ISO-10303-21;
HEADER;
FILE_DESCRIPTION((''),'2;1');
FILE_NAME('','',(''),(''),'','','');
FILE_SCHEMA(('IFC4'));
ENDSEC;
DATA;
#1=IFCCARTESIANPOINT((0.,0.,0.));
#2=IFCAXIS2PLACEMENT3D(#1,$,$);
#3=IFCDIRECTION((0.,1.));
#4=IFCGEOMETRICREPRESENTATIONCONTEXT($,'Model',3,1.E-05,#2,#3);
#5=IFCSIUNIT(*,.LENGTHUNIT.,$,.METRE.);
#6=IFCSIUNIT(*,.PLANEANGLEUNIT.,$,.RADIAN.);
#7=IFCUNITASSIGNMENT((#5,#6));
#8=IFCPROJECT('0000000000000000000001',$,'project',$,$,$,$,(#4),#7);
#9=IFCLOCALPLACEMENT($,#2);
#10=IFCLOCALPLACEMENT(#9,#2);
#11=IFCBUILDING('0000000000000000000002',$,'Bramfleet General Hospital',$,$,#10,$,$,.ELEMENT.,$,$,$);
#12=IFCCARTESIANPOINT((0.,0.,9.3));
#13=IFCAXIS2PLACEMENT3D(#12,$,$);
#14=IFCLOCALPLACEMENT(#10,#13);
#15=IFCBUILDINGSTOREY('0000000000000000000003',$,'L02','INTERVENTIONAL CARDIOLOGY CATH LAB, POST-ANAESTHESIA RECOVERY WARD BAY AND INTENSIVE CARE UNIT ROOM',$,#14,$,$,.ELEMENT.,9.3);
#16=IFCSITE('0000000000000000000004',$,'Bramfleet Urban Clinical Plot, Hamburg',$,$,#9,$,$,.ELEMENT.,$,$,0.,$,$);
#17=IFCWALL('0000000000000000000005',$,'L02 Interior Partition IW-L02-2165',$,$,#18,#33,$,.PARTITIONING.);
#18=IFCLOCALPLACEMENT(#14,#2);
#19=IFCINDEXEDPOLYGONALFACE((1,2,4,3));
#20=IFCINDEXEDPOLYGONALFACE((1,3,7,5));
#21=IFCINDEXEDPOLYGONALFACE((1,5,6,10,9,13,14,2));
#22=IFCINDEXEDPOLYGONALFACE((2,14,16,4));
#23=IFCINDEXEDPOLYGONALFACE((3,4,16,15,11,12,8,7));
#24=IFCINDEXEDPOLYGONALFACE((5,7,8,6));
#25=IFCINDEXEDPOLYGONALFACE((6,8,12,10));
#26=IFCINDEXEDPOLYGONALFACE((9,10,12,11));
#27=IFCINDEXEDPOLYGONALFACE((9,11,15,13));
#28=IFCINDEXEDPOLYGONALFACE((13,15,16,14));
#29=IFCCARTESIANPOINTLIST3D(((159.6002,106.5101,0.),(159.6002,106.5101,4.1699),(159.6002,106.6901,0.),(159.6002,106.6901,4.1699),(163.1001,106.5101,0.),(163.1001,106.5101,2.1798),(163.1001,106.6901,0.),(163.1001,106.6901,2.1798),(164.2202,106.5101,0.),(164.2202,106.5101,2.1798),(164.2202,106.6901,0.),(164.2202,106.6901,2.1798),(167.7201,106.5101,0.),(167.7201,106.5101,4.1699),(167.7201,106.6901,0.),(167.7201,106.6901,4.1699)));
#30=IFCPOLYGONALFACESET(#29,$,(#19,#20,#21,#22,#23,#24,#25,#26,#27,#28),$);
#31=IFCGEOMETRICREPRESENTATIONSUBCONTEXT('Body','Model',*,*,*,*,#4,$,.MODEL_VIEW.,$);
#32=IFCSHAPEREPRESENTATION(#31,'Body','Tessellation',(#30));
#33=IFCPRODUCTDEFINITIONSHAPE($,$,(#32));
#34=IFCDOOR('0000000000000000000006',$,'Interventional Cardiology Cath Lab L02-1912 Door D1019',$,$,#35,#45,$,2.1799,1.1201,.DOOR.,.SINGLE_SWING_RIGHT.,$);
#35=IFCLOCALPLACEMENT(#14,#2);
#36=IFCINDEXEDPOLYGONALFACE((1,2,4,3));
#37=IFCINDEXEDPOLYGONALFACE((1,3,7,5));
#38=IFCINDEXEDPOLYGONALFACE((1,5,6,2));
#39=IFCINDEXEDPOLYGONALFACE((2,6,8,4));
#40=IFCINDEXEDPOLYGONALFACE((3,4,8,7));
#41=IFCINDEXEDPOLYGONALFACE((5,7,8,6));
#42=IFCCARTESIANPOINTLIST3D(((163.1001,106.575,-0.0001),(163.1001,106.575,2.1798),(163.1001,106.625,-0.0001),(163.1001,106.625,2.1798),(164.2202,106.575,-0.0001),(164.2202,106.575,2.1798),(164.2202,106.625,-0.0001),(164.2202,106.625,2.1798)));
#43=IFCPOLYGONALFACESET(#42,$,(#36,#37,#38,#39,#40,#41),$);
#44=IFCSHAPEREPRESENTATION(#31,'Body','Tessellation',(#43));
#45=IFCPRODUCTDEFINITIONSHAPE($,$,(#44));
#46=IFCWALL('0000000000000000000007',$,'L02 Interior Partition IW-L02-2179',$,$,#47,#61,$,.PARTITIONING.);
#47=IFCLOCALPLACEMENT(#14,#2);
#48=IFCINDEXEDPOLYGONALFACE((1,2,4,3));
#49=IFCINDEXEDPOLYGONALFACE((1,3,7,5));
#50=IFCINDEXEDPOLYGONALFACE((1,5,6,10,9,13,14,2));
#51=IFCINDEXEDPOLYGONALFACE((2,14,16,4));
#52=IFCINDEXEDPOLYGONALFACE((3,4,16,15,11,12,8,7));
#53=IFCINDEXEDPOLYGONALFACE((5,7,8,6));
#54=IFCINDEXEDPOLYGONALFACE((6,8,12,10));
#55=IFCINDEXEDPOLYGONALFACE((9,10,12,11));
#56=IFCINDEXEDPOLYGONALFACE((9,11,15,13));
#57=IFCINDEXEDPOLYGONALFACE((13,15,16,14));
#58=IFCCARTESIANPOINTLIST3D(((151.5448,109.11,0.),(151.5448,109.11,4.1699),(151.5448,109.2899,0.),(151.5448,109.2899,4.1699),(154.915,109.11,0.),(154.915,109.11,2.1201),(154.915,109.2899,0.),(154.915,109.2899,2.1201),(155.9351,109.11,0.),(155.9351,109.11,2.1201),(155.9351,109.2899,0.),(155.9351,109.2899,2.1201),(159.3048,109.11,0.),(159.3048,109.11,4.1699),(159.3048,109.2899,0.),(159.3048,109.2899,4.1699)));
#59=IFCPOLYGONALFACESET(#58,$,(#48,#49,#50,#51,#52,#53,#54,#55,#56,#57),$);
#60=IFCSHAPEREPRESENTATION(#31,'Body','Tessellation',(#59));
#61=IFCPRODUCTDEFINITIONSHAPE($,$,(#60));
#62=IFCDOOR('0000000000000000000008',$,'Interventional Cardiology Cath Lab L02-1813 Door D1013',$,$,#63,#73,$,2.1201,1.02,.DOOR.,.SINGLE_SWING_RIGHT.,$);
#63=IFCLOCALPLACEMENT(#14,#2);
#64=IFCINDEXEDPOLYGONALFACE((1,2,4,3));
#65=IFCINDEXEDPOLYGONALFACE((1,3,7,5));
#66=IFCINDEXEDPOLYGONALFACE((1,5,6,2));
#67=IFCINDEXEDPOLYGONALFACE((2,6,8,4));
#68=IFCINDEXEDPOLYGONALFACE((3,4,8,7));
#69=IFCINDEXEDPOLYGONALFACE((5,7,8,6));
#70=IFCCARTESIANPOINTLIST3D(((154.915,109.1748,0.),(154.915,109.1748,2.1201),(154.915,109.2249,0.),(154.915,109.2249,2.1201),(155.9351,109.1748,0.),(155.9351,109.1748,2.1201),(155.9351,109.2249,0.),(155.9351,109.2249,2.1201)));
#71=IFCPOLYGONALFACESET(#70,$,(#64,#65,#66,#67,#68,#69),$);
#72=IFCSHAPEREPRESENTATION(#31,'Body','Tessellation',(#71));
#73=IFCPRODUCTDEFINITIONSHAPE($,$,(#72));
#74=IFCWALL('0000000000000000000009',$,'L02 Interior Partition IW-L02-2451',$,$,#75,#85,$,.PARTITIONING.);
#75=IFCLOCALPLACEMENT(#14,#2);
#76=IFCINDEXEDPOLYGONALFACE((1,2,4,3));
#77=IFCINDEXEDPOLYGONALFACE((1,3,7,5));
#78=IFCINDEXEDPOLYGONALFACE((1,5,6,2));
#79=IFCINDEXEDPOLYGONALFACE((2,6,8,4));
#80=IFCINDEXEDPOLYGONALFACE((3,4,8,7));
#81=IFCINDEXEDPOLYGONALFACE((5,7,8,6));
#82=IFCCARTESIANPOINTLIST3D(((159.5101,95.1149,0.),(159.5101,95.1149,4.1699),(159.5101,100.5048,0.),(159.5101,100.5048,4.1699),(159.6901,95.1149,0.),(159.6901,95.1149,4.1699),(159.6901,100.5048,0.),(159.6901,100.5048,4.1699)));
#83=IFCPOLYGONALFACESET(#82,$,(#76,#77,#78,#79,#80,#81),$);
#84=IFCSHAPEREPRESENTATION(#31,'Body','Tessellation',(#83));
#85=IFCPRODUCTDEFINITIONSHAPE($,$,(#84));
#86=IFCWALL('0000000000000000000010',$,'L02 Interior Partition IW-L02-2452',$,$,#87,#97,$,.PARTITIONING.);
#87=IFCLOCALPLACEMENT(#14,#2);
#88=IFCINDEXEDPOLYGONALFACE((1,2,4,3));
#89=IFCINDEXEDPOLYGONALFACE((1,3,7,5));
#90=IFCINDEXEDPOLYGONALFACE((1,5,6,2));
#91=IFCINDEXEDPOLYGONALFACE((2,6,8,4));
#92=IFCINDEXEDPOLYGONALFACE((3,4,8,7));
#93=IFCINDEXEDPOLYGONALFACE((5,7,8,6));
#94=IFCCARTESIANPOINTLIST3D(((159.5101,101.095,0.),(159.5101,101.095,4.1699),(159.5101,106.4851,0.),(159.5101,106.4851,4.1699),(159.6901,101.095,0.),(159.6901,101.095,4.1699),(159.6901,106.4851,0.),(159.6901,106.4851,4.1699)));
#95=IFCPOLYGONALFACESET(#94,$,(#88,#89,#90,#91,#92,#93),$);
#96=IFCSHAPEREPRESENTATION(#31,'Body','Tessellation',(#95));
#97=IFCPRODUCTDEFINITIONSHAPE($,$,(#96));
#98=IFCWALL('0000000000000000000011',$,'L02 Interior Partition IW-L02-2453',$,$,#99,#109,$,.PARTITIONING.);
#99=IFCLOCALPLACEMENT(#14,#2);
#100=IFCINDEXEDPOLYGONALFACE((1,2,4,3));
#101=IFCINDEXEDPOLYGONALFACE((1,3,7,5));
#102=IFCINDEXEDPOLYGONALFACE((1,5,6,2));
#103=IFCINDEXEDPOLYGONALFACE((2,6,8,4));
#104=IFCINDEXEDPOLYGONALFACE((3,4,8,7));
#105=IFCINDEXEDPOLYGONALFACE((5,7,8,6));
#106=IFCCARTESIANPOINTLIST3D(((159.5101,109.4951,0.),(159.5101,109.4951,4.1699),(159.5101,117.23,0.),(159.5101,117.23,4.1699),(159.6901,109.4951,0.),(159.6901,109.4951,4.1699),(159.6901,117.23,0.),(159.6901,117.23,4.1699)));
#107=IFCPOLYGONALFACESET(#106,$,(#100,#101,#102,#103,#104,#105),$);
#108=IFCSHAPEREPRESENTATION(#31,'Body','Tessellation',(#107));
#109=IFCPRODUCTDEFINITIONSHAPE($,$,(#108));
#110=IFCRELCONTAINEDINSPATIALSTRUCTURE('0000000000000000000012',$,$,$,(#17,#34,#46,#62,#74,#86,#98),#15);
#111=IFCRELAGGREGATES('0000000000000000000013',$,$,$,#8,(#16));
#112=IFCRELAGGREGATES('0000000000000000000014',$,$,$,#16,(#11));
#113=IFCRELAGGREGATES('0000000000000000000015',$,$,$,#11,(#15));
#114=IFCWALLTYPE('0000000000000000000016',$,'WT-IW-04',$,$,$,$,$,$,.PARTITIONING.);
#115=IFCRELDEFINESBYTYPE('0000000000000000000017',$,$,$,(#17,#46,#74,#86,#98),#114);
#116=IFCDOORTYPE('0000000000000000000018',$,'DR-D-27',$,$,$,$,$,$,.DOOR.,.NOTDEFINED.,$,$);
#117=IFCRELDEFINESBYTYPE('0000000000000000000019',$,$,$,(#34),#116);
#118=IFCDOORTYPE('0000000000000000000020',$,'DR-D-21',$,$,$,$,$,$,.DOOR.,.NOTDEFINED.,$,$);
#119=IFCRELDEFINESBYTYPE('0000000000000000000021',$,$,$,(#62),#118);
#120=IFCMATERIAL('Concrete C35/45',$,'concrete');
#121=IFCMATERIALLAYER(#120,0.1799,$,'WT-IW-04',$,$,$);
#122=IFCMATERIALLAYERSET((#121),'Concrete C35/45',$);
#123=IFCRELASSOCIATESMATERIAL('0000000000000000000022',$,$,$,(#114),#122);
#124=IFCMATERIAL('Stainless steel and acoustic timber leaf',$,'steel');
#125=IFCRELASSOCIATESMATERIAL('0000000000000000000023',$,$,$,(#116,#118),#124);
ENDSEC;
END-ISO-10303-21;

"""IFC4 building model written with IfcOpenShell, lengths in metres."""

from ifc_helpers import new_model, si_unit, direction, frame, frame_2d, origin, place, context, subcontext, project, spatial, rectangle, extrude, material, layer, layer_set, type_object, element, fill, save


model = new_model("IFC4")

# Units and contexts
model_context = context("Model", 3, precision=1e-05, world=origin(), true_north=direction((0.0, 1.0)))
body_context = subcontext(model_context, "Body", "Model", "MODEL_VIEW")
ifc_project = project(units=[si_unit("LENGTHUNIT", "METRE"), si_unit("PLANEANGLEUNIT", "RADIAN")], contexts=[model_context])

# Site, building, storey
site_placement = place(None, origin())
site = spatial("IfcSite", under=ifc_project, at=site_placement, Name="Bramfleet Urban Clinical Plot, Hamburg", CompositionType="ELEMENT", RefElevation=0.0)
building_placement = place(site_placement, origin())
building = spatial("IfcBuilding", under=site, at=building_placement, Name="Bramfleet General Hospital", CompositionType="ELEMENT")
storey_placement = place(building_placement, frame((0.0, 0.0, 9.3)))
storey = spatial("IfcBuildingStorey", under=building, at=storey_placement, Name="L02", Description="INTERVENTIONAL CARDIOLOGY CATH LAB, POST-ANAESTHESIA RECOVERY WARD BAY AND INTENSIVE CARE UNIT ROOM", CompositionType="ELEMENT", Elevation=9.3)

# Shared definitions
ifc_material_1 = material(Name="Concrete C35/45", Category="concrete")

# Shared definitions
ifc_layer = layer(ifc_material_1, 0.1799, Name="WT-IW-04")
ifc_layer_set = layer_set([ifc_layer], Name="Concrete C35/45")
wall_type = type_object("IfcWallType", Name="WT-IW-04", PredefinedType="PARTITIONING", material=ifc_layer_set)
ifc_material_2 = material(Name="Stainless steel and acoustic timber leaf", Category="steel")

# Walls, openings, doors
wall_1_placement = place(storey_placement, frame((159.6001, 106.6001, 0.0), z_axis=(0.0, 0.0, 1.0), x_axis=(1.0, 0.0, 0.0)))
wall_1 = element("IfcWall", 1, at=wall_1_placement, inside=storey, type_object=wall_type, Name="L02 Interior Partition IW-L02-2165", PredefinedType="PARTITIONING", context=body_context, shape_type="SweptSolid", body=[
    extrude(rectangle(XDim=8.1199, YDim=0.1799, at=frame_2d((4.0601, 0.0))), origin(), (0.0, 0.0, 1.0), 4.1699),
])
opening_1_placement = place(wall_1_placement, frame((3.5, 0.0, 0.0)))
opening_1 = element("IfcOpeningElement", 2, at=opening_1_placement, cuts=wall_1, PredefinedType="OPENING", context=body_context, shape_type="SweptSolid", body=[
    extrude(rectangle(XDim=1.1201, YDim=2.1799, at=frame_2d((0.5601, 1.0898))), frame((0.0, 0.0999, 0.0), z_axis=(0.0, -1.0, 0.0), x_axis=(1.0, 0.0, 0.0)), (0.0, 0.0, 1.0), 0.2),
])
door_type_1 = type_object("IfcDoorType", Name="DR-D-27", OperationType="NOTDEFINED", PredefinedType="DOOR", material=ifc_material_2)
door_1_placement = place(opening_1_placement, origin())
door_1 = element("IfcDoor", 3, at=door_1_placement, inside=storey, type_object=door_type_1, Name="Interventional Cardiology Cath Lab L02-1912 Door D1019", OperationType="SINGLE_SWING_RIGHT", OverallHeight=2.1799, OverallWidth=1.1201, PredefinedType="DOOR", context=body_context, shape_type="SweptSolid", body=[
    extrude(rectangle(XDim=1.1201, YDim=2.1799, at=frame_2d((0.5601, 1.0898))), frame((0.0, 0.0249, 0.0), z_axis=(0.0, -1.0, 0.0), x_axis=(1.0, 0.0, 0.0)), (0.0, 0.0, 1.0), 0.05),
])
fill(opening_1, door_1)
wall_2_placement = place(storey_placement, frame((151.5449, 109.2, 0.0), z_axis=(0.0, 0.0, 1.0), x_axis=(1.0, 0.0, 0.0)))
wall_2 = element("IfcWall", 4, at=wall_2_placement, inside=storey, type_object=wall_type, Name="L02 Interior Partition IW-L02-2179", PredefinedType="PARTITIONING", context=body_context, shape_type="SweptSolid", body=[
    extrude(rectangle(XDim=7.76, YDim=0.1799, at=frame_2d((3.8799, 0.0))), origin(), (0.0, 0.0, 1.0), 4.1699),
])
opening_2_placement = place(wall_2_placement, frame((3.3701, 0.0, 0.0)))
opening_2 = element("IfcOpeningElement", 5, at=opening_2_placement, cuts=wall_2, PredefinedType="OPENING", context=body_context, shape_type="SweptSolid", body=[
    extrude(rectangle(XDim=1.02, YDim=2.1201, at=frame_2d((0.51, 1.0601))), frame((0.0, 0.0999, 0.0), z_axis=(0.0, -1.0, 0.0), x_axis=(1.0, 0.0, 0.0)), (0.0, 0.0, 1.0), 0.2),
])
door_type_2 = type_object("IfcDoorType", Name="DR-D-21", OperationType="NOTDEFINED", PredefinedType="DOOR", material=ifc_material_2)
door_2_placement = place(opening_2_placement, origin())
door_2 = element("IfcDoor", 6, at=door_2_placement, inside=storey, type_object=door_type_2, Name="Interventional Cardiology Cath Lab L02-1813 Door D1013", OperationType="SINGLE_SWING_RIGHT", OverallHeight=2.1201, OverallWidth=1.02, PredefinedType="DOOR", context=body_context, shape_type="SweptSolid", body=[
    extrude(rectangle(XDim=1.02, YDim=2.1201, at=frame_2d((0.51, 1.0601))), frame((0.0, 0.0249, 0.0), z_axis=(0.0, -1.0, 0.0), x_axis=(1.0, 0.0, 0.0)), (0.0, 0.0, 1.0), 0.05),
])
fill(opening_2, door_2)

# Walls
wall_3_placement = place(storey_placement, frame((159.6001, 95.115, 0.0), z_axis=(0.0, 0.0, 1.0), x_axis=(0.0, 1.0, 0.0)))
element("IfcWall", 7, at=wall_3_placement, inside=storey, type_object=wall_type, Name="L02 Interior Partition IW-L02-2451", PredefinedType="PARTITIONING", context=body_context, shape_type="SweptSolid", body=[
    extrude(rectangle(XDim=5.3899, YDim=0.1799, at=frame_2d((2.6948, 0.0))), origin(), (0.0, 0.0, 1.0), 4.1699),
])
wall_4_placement = place(storey_placement, frame((159.6001, 101.095, 0.0), z_axis=(0.0, 0.0, 1.0), x_axis=(0.0, 1.0, 0.0)))
element("IfcWall", 8, at=wall_4_placement, inside=storey, type_object=wall_type, Name="L02 Interior Partition IW-L02-2452", PredefinedType="PARTITIONING", context=body_context, shape_type="SweptSolid", body=[
    extrude(rectangle(XDim=5.3901, YDim=0.1799, at=frame_2d((2.6951, 0.0))), origin(), (0.0, 0.0, 1.0), 4.1699),
])
wall_5_placement = place(storey_placement, frame((159.6001, 109.4951, 0.0), z_axis=(0.0, 0.0, 1.0), x_axis=(0.0, 1.0, 0.0)))
element("IfcWall", 9, at=wall_5_placement, inside=storey, type_object=wall_type, Name="L02 Interior Partition IW-L02-2453", PredefinedType="PARTITIONING", context=body_context, shape_type="SweptSolid", body=[
    extrude(rectangle(XDim=7.7349, YDim=0.1799, at=frame_2d((3.8674, 0.0))), origin(), (0.0, 0.0, 1.0), 4.1699),
])

save(model, "model.ifc")
